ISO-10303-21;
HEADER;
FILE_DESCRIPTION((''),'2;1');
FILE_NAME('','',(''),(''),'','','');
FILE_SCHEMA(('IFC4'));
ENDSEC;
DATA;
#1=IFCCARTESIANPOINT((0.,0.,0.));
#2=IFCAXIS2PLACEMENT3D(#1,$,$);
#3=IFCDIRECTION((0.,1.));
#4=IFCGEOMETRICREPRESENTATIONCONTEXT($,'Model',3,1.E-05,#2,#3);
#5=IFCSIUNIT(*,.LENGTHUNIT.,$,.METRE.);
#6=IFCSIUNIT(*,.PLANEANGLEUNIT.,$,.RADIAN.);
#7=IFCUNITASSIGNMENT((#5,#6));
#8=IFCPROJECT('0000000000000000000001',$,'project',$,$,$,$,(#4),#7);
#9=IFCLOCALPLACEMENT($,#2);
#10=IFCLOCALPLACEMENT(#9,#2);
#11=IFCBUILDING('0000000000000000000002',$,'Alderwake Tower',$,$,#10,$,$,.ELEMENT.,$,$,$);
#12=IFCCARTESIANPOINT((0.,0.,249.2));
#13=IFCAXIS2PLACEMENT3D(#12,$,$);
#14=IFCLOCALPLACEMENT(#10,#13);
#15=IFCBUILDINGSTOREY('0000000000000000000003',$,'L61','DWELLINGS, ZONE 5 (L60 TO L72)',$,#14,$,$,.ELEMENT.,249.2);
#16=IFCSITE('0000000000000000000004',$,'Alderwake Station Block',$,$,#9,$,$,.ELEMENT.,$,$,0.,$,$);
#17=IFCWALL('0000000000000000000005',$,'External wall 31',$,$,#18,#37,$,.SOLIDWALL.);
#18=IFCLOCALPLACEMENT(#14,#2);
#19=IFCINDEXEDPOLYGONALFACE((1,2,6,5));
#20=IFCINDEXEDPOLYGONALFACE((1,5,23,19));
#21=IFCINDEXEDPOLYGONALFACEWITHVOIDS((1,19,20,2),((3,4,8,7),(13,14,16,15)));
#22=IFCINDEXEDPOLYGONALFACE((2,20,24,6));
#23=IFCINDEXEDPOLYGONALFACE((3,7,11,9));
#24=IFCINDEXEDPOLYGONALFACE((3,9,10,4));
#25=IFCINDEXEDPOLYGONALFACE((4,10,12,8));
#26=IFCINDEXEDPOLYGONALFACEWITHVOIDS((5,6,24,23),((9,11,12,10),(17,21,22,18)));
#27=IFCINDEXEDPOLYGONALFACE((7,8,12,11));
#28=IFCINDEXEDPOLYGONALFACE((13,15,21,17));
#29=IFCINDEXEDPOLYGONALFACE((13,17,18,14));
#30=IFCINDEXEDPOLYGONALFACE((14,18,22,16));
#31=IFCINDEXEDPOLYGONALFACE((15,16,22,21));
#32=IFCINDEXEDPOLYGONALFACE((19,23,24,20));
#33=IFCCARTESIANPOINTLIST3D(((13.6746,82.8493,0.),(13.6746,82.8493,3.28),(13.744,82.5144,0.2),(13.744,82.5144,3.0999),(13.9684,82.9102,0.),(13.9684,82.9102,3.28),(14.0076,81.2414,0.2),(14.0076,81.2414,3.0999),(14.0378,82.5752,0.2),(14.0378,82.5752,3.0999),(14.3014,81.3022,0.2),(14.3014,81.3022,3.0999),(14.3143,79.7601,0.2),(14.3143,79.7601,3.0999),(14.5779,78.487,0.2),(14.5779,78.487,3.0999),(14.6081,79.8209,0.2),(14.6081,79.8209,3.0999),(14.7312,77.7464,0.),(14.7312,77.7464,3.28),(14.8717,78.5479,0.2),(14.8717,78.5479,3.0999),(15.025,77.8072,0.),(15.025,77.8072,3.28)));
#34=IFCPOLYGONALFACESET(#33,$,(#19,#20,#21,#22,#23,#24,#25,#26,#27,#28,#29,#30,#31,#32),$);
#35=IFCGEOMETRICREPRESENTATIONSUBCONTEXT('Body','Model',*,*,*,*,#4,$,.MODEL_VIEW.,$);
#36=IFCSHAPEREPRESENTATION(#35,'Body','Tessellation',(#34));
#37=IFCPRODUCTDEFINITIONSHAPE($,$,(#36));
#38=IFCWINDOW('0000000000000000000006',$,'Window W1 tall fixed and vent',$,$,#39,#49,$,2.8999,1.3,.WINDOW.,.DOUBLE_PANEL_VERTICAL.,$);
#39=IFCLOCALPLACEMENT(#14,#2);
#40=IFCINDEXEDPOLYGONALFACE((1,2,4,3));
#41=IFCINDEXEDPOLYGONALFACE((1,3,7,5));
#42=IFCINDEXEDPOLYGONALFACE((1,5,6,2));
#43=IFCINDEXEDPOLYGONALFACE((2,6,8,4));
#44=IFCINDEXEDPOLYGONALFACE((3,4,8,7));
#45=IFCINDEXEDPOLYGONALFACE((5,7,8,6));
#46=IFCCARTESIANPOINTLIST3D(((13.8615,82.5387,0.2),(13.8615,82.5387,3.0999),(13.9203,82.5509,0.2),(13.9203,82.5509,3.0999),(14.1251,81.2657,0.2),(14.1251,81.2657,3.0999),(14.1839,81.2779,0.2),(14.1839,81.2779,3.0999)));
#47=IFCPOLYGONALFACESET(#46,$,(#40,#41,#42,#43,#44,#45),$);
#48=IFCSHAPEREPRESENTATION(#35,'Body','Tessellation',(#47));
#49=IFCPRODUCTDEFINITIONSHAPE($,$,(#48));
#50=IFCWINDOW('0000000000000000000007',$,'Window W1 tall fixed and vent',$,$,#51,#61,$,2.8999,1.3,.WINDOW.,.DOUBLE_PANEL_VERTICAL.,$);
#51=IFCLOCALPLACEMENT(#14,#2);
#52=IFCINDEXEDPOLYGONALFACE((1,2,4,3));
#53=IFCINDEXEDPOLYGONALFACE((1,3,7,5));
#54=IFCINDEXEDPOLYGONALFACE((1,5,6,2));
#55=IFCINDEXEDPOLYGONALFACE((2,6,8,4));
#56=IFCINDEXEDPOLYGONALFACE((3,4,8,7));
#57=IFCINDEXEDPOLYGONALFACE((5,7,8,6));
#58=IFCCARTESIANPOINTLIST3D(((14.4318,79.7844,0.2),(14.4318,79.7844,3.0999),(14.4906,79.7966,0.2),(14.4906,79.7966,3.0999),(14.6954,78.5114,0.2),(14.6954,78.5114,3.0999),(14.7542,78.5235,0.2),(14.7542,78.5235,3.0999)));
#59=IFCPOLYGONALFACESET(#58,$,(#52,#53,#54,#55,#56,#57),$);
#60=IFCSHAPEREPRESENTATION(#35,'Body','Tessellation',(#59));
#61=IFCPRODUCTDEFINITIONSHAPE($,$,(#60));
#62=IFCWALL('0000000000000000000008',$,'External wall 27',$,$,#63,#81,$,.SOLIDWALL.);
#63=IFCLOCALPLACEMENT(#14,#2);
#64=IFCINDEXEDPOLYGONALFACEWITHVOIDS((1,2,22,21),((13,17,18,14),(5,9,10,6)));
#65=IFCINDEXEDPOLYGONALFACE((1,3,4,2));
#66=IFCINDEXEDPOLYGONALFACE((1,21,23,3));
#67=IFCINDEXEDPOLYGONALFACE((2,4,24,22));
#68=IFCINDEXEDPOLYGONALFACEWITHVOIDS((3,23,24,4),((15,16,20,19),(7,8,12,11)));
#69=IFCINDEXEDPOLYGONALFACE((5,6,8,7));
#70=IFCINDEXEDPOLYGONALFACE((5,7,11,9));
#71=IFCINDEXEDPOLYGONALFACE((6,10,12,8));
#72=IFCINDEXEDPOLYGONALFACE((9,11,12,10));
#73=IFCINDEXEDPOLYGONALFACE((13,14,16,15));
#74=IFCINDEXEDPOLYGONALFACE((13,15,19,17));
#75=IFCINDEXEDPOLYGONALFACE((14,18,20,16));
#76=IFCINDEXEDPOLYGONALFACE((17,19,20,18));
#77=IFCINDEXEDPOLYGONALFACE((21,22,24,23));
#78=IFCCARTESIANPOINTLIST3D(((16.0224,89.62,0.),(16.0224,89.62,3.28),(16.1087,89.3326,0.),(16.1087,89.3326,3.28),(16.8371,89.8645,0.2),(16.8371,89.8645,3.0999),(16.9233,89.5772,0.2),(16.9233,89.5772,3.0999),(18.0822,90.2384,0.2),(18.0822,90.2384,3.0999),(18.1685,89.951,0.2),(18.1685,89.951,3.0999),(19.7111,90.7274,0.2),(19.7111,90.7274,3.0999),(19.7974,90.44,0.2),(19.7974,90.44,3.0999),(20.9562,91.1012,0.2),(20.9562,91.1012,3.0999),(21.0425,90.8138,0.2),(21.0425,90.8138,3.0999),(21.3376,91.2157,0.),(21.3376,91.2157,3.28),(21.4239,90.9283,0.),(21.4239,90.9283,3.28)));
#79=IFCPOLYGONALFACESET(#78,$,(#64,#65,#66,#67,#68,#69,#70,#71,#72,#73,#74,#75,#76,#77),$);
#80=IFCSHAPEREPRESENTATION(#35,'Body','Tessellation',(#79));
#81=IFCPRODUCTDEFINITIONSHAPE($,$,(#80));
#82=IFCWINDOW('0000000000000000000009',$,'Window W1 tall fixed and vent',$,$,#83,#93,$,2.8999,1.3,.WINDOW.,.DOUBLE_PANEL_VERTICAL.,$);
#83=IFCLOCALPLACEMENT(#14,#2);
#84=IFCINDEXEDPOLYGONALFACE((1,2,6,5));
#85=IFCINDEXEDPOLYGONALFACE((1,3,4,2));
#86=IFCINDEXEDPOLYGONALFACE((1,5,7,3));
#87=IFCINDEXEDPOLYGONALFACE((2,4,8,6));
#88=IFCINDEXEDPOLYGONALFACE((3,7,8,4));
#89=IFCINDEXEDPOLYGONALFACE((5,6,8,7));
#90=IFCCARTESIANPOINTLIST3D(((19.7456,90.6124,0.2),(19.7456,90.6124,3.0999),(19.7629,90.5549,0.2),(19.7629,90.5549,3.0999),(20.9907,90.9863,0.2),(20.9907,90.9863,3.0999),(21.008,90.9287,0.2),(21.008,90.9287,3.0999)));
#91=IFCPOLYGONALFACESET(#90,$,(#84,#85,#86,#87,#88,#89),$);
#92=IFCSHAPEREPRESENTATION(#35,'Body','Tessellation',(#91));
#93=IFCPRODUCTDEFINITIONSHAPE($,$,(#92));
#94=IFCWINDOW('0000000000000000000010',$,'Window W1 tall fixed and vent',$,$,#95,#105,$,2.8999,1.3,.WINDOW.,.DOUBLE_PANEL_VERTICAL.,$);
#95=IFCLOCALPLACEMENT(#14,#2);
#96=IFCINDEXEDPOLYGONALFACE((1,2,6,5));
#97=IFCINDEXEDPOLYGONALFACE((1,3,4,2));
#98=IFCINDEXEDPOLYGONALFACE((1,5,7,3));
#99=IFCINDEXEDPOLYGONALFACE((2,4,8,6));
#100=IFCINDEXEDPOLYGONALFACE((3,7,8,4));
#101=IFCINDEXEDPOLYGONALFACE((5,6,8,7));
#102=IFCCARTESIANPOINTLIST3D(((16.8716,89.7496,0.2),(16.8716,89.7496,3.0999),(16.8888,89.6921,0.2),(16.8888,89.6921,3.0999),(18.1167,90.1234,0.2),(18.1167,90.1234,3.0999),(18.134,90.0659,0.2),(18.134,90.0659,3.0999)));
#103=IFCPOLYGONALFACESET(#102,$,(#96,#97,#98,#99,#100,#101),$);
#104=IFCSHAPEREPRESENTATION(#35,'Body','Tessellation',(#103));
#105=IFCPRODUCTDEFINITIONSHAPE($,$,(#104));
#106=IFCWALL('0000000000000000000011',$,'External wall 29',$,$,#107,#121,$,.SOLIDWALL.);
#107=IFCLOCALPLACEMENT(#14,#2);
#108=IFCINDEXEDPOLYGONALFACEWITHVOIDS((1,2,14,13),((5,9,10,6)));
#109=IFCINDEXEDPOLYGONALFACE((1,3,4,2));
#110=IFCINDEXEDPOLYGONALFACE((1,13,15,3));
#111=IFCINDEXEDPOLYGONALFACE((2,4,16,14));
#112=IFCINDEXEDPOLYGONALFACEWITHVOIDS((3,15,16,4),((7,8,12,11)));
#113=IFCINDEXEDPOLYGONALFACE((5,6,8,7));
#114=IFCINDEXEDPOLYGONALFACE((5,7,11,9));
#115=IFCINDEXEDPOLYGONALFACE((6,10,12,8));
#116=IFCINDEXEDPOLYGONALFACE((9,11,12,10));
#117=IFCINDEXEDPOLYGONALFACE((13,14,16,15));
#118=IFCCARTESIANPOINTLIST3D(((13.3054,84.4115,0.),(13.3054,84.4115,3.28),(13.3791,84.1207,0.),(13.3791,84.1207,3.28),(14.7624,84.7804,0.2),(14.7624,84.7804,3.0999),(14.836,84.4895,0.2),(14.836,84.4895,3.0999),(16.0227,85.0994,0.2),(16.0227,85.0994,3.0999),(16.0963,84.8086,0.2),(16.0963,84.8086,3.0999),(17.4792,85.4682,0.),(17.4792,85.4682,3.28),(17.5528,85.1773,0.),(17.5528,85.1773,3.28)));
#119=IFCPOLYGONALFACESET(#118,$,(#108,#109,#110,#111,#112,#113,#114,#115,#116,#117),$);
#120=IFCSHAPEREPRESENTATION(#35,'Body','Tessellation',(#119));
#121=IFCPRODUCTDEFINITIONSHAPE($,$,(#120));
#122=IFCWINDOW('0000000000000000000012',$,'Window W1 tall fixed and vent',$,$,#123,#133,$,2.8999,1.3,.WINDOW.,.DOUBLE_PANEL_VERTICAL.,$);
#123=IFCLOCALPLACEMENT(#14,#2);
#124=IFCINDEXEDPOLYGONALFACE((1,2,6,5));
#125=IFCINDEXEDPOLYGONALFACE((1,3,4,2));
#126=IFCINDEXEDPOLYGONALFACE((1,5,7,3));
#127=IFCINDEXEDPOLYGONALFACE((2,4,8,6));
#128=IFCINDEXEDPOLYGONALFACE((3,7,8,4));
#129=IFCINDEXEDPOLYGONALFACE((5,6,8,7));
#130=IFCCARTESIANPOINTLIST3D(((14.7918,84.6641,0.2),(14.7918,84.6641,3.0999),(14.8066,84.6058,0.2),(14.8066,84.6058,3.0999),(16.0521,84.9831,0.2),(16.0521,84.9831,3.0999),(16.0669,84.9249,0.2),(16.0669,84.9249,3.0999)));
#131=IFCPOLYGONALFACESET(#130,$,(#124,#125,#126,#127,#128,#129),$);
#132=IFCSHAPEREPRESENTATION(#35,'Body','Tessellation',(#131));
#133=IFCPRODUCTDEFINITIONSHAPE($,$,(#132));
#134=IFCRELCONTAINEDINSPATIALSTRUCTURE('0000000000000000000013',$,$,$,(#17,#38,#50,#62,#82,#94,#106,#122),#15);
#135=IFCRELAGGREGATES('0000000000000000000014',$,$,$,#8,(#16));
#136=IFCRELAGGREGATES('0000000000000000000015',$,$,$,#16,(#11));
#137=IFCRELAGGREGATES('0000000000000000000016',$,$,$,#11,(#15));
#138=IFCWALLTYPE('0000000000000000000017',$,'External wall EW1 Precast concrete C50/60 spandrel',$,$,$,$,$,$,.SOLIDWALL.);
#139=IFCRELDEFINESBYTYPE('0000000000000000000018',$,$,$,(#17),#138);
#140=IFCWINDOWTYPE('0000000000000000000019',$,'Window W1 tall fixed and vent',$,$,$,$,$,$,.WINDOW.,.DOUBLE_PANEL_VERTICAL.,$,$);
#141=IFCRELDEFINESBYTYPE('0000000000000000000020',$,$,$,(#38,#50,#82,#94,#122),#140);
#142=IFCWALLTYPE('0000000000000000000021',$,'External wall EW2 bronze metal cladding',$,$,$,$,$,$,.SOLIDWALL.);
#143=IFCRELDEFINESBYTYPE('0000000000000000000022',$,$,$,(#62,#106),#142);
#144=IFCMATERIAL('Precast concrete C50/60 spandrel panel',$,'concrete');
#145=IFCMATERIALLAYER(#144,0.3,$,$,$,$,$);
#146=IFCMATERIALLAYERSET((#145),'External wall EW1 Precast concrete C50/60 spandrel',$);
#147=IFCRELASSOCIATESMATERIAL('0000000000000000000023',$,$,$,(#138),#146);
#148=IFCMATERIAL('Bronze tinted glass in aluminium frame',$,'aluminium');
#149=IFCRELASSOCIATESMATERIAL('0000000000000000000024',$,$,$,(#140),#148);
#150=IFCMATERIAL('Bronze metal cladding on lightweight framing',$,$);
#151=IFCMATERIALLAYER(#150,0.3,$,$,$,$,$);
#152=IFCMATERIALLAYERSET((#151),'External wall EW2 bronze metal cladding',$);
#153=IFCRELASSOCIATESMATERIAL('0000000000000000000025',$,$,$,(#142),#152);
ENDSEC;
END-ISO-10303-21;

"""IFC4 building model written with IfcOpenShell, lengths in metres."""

from ifc_helpers import new_model, si_unit, direction, frame, frame_2d, origin, place, context, subcontext, project, spatial, rectangle, extrude, material, layer, layer_set, type_object, element, fill, save


model = new_model("IFC4")

# Units and contexts
model_context = context("Model", 3, precision=1e-05, world=origin(), true_north=direction((0.0, 1.0)))
body_context = subcontext(model_context, "Body", "Model", "MODEL_VIEW")
ifc_project = project(units=[si_unit("LENGTHUNIT", "METRE"), si_unit("PLANEANGLEUNIT", "RADIAN")], contexts=[model_context])

# Site, building, storey
site_placement = place(None, origin())
site = spatial("IfcSite", under=ifc_project, at=site_placement, Name="Alderwake Station Block", CompositionType="ELEMENT", RefElevation=0.0)
building_placement = place(site_placement, origin())
building = spatial("IfcBuilding", under=site, at=building_placement, Name="Alderwake Tower", CompositionType="ELEMENT")
storey_placement = place(building_placement, frame((0.0, 0.0, 249.2)))
storey = spatial("IfcBuildingStorey", under=building, at=storey_placement, Name="L61", Description="DWELLINGS, ZONE 5 (L60 TO L72)", CompositionType="ELEMENT", Elevation=249.2)

# Shared definitions
ifc_material_1 = material(Name="Precast concrete C50/60 spandrel panel", Category="concrete")
ifc_layer_1 = layer(ifc_material_1, 0.3)
ifc_layer_set_1 = layer_set([ifc_layer_1], Name="External wall EW1 Precast concrete C50/60 spandrel")
wall_type_1 = type_object("IfcWallType", Name="External wall EW1 Precast concrete C50/60 spandrel", PredefinedType="SOLIDWALL", material=ifc_layer_set_1)

# Walls, openings, windows
wall_1_placement = place(storey_placement, frame((13.8215, 82.8796, 0.0), z_axis=(0.0, 0.0, 1.0), x_axis=(0.202761, -0.979228, 0.0)))
wall_1 = element("IfcWall", 1, at=wall_1_placement, inside=storey, type_object=wall_type_1, Name="External wall 31", PredefinedType="SOLIDWALL", context=body_context, shape_type="SweptSolid", body=[
    extrude(rectangle(XDim=5.2112, YDim=0.3, at=frame_2d((2.6055, 0.0))), origin(), (0.0, 0.0, 1.0), 3.28),
])
opening_1_placement = place(wall_1_placement, frame((0.342, 0.0, 0.2)))
opening_1 = element("IfcOpeningElement", 2, at=opening_1_placement, cuts=wall_1, PredefinedType="OPENING", context=body_context, shape_type="SweptSolid", body=[
    extrude(rectangle(XDim=1.3, YDim=2.8999, at=frame_2d((0.6499, 1.45))), frame((0.0, 0.1599, 0.0), z_axis=(0.0, -1.0, 0.0), x_axis=(1.0, 0.0, 0.0)), (0.0, 0.0, 1.0), 0.3201),
])
opening_2_placement = place(wall_1_placement, frame((3.1548, 0.0, 0.2)))
opening_2 = element("IfcOpeningElement", 3, at=opening_2_placement, cuts=wall_1, PredefinedType="OPENING", context=body_context, shape_type="SweptSolid", body=[
    extrude(rectangle(XDim=1.3, YDim=2.8999, at=frame_2d((0.6499, 1.45))), frame((0.0, 0.1599, 0.0), z_axis=(0.0, -1.0, 0.0), x_axis=(1.0, 0.0, 0.0)), (0.0, 0.0, 1.0), 0.3201),
])
ifc_material_2 = material(Name="Bronze tinted glass in aluminium frame", Category="aluminium")
window_type = type_object("IfcWindowType", Name="Window W1 tall fixed and vent", PartitioningType="DOUBLE_PANEL_VERTICAL", PredefinedType="WINDOW", material=ifc_material_2)
window_1_placement = place(opening_1_placement, origin())
window_1 = element("IfcWindow", 4, at=window_1_placement, inside=storey, type_object=window_type, Name="Window W1 tall fixed and vent", OverallHeight=2.8999, OverallWidth=1.3, PartitioningType="DOUBLE_PANEL_VERTICAL", PredefinedType="WINDOW", context=body_context, shape_type="SweptSolid", body=[
    extrude(rectangle(XDim=1.3, YDim=2.8999, at=frame_2d((0.6499, 1.45))), frame((0.0, 0.03, 0.0), z_axis=(0.0, -1.0, 0.0), x_axis=(1.0, 0.0, 0.0)), (0.0, 0.0, 1.0), 0.0601),
])
fill(opening_1, window_1)
window_2_placement = place(opening_2_placement, origin())
window_2 = element("IfcWindow", 5, at=window_2_placement, inside=storey, type_object=window_type, Name="Window W1 tall fixed and vent", OverallHeight=2.8999, OverallWidth=1.3, PartitioningType="DOUBLE_PANEL_VERTICAL", PredefinedType="WINDOW", context=body_context, shape_type="SweptSolid", body=[
    extrude(rectangle(XDim=1.3, YDim=2.8999, at=frame_2d((0.6499, 1.45))), frame((0.0, 0.03, 0.0), z_axis=(0.0, -1.0, 0.0), x_axis=(1.0, 0.0, 0.0)), (0.0, 0.0, 1.0), 0.0601),
])
fill(opening_2, window_2)
ifc_material_3 = material(Name="Bronze metal cladding on lightweight framing")
ifc_layer_2 = layer(ifc_material_3, 0.3)
ifc_layer_set_2 = layer_set([ifc_layer_2], Name="External wall EW2 bronze metal cladding")
wall_type_2 = type_object("IfcWallType", Name="External wall EW2 bronze metal cladding", PredefinedType="SOLIDWALL", material=ifc_layer_set_2)
wall_2_placement = place(storey_placement, frame((21.3809, 91.072, 0.0), z_axis=(0.0, 0.0, 1.0), x_axis=(-0.957769, -0.287538, 0.0)))
wall_2 = element("IfcWall", 6, at=wall_2_placement, inside=storey, type_object=wall_type_2, Name="External wall 27", PredefinedType="SOLIDWALL", context=body_context, shape_type="SweptSolid", body=[
    extrude(rectangle(XDim=5.5496, YDim=0.3, at=frame_2d((2.7749, 0.0))), origin(), (0.0, 0.0, 1.0), 3.28),
])
opening_3_placement = place(wall_2_placement, frame((0.3984, 0.0, 0.2)))
opening_3 = element("IfcOpeningElement", 7, at=opening_3_placement, cuts=wall_2, PredefinedType="OPENING", context=body_context, shape_type="SweptSolid", body=[
    extrude(rectangle(XDim=1.3, YDim=2.8999, at=frame_2d((0.6499, 1.45))), frame((0.0, 0.1599, 0.0), z_axis=(0.0, -1.0, 0.0), x_axis=(1.0, 0.0, 0.0)), (0.0, 0.0, 1.0), 0.3201),
])
opening_4_placement = place(wall_2_placement, frame((3.3992, 0.0, 0.2)))
opening_4 = element("IfcOpeningElement", 8, at=opening_4_placement, cuts=wall_2, PredefinedType="OPENING", context=body_context, shape_type="SweptSolid", body=[
    extrude(rectangle(XDim=1.3, YDim=2.8999, at=frame_2d((0.6499, 1.45))), frame((0.0, 0.1599, 0.0), z_axis=(0.0, -1.0, 0.0), x_axis=(1.0, 0.0, 0.0)), (0.0, 0.0, 1.0), 0.3201),
])
window_3_placement = place(opening_3_placement, origin())
window_3 = element("IfcWindow", 9, at=window_3_placement, inside=storey, type_object=window_type, Name="Window W1 tall fixed and vent", OverallHeight=2.8999, OverallWidth=1.3, PartitioningType="DOUBLE_PANEL_VERTICAL", PredefinedType="WINDOW", context=body_context, shape_type="SweptSolid", body=[
    extrude(rectangle(XDim=1.3, YDim=2.8999, at=frame_2d((0.6499, 1.45))), frame((0.0, 0.03, 0.0), z_axis=(0.0, -1.0, 0.0), x_axis=(1.0, 0.0, 0.0)), (0.0, 0.0, 1.0), 0.0601),
])
fill(opening_3, window_3)
window_4_placement = place(opening_4_placement, origin())
window_4 = element("IfcWindow", 10, at=window_4_placement, inside=storey, type_object=window_type, Name="Window W1 tall fixed and vent", OverallHeight=2.8999, OverallWidth=1.3, PartitioningType="DOUBLE_PANEL_VERTICAL", PredefinedType="WINDOW", context=body_context, shape_type="SweptSolid", body=[
    extrude(rectangle(XDim=1.3, YDim=2.8999, at=frame_2d((0.6499, 1.45))), frame((0.0, 0.03, 0.0), z_axis=(0.0, -1.0, 0.0), x_axis=(1.0, 0.0, 0.0)), (0.0, 0.0, 1.0), 0.0601),
])
fill(opening_4, window_4)

# Wall, opening, window
wall_3_placement = place(storey_placement, frame((17.5161, 85.3228, 0.0), z_axis=(0.0, 0.0, 1.0), x_axis=(-0.969418, -0.245416, 0.0)))
wall_3 = element("IfcWall", 11, at=wall_3_placement, inside=storey, type_object=wall_type_2, Name="External wall 29", PredefinedType="SOLIDWALL", context=body_context, shape_type="SweptSolid", body=[
    extrude(rectangle(XDim=4.3054, YDim=0.3, at=frame_2d((2.1528, 0.0))), origin(), (0.0, 0.0, 1.0), 3.28),
])
opening_5_placement = place(wall_3_placement, frame((1.5027, 0.0, 0.2)))
opening_5 = element("IfcOpeningElement", 12, at=opening_5_placement, cuts=wall_3, PredefinedType="OPENING", context=body_context, shape_type="SweptSolid", body=[
    extrude(rectangle(XDim=1.3, YDim=2.8999, at=frame_2d((0.6499, 1.45))), frame((0.0, 0.1599, 0.0), z_axis=(0.0, -1.0, 0.0), x_axis=(1.0, 0.0, 0.0)), (0.0, 0.0, 1.0), 0.3201),
])
window_5_placement = place(opening_5_placement, origin())
window_5 = element("IfcWindow", 13, at=window_5_placement, inside=storey, type_object=window_type, Name="Window W1 tall fixed and vent", OverallHeight=2.8999, OverallWidth=1.3, PartitioningType="DOUBLE_PANEL_VERTICAL", PredefinedType="WINDOW", context=body_context, shape_type="SweptSolid", body=[
    extrude(rectangle(XDim=1.3, YDim=2.8999, at=frame_2d((0.6499, 1.45))), frame((0.0, 0.03, 0.0), z_axis=(0.0, -1.0, 0.0), x_axis=(1.0, 0.0, 0.0)), (0.0, 0.0, 1.0), 0.0601),
])
fill(opening_5, window_5)

save(model, "model.ifc")
